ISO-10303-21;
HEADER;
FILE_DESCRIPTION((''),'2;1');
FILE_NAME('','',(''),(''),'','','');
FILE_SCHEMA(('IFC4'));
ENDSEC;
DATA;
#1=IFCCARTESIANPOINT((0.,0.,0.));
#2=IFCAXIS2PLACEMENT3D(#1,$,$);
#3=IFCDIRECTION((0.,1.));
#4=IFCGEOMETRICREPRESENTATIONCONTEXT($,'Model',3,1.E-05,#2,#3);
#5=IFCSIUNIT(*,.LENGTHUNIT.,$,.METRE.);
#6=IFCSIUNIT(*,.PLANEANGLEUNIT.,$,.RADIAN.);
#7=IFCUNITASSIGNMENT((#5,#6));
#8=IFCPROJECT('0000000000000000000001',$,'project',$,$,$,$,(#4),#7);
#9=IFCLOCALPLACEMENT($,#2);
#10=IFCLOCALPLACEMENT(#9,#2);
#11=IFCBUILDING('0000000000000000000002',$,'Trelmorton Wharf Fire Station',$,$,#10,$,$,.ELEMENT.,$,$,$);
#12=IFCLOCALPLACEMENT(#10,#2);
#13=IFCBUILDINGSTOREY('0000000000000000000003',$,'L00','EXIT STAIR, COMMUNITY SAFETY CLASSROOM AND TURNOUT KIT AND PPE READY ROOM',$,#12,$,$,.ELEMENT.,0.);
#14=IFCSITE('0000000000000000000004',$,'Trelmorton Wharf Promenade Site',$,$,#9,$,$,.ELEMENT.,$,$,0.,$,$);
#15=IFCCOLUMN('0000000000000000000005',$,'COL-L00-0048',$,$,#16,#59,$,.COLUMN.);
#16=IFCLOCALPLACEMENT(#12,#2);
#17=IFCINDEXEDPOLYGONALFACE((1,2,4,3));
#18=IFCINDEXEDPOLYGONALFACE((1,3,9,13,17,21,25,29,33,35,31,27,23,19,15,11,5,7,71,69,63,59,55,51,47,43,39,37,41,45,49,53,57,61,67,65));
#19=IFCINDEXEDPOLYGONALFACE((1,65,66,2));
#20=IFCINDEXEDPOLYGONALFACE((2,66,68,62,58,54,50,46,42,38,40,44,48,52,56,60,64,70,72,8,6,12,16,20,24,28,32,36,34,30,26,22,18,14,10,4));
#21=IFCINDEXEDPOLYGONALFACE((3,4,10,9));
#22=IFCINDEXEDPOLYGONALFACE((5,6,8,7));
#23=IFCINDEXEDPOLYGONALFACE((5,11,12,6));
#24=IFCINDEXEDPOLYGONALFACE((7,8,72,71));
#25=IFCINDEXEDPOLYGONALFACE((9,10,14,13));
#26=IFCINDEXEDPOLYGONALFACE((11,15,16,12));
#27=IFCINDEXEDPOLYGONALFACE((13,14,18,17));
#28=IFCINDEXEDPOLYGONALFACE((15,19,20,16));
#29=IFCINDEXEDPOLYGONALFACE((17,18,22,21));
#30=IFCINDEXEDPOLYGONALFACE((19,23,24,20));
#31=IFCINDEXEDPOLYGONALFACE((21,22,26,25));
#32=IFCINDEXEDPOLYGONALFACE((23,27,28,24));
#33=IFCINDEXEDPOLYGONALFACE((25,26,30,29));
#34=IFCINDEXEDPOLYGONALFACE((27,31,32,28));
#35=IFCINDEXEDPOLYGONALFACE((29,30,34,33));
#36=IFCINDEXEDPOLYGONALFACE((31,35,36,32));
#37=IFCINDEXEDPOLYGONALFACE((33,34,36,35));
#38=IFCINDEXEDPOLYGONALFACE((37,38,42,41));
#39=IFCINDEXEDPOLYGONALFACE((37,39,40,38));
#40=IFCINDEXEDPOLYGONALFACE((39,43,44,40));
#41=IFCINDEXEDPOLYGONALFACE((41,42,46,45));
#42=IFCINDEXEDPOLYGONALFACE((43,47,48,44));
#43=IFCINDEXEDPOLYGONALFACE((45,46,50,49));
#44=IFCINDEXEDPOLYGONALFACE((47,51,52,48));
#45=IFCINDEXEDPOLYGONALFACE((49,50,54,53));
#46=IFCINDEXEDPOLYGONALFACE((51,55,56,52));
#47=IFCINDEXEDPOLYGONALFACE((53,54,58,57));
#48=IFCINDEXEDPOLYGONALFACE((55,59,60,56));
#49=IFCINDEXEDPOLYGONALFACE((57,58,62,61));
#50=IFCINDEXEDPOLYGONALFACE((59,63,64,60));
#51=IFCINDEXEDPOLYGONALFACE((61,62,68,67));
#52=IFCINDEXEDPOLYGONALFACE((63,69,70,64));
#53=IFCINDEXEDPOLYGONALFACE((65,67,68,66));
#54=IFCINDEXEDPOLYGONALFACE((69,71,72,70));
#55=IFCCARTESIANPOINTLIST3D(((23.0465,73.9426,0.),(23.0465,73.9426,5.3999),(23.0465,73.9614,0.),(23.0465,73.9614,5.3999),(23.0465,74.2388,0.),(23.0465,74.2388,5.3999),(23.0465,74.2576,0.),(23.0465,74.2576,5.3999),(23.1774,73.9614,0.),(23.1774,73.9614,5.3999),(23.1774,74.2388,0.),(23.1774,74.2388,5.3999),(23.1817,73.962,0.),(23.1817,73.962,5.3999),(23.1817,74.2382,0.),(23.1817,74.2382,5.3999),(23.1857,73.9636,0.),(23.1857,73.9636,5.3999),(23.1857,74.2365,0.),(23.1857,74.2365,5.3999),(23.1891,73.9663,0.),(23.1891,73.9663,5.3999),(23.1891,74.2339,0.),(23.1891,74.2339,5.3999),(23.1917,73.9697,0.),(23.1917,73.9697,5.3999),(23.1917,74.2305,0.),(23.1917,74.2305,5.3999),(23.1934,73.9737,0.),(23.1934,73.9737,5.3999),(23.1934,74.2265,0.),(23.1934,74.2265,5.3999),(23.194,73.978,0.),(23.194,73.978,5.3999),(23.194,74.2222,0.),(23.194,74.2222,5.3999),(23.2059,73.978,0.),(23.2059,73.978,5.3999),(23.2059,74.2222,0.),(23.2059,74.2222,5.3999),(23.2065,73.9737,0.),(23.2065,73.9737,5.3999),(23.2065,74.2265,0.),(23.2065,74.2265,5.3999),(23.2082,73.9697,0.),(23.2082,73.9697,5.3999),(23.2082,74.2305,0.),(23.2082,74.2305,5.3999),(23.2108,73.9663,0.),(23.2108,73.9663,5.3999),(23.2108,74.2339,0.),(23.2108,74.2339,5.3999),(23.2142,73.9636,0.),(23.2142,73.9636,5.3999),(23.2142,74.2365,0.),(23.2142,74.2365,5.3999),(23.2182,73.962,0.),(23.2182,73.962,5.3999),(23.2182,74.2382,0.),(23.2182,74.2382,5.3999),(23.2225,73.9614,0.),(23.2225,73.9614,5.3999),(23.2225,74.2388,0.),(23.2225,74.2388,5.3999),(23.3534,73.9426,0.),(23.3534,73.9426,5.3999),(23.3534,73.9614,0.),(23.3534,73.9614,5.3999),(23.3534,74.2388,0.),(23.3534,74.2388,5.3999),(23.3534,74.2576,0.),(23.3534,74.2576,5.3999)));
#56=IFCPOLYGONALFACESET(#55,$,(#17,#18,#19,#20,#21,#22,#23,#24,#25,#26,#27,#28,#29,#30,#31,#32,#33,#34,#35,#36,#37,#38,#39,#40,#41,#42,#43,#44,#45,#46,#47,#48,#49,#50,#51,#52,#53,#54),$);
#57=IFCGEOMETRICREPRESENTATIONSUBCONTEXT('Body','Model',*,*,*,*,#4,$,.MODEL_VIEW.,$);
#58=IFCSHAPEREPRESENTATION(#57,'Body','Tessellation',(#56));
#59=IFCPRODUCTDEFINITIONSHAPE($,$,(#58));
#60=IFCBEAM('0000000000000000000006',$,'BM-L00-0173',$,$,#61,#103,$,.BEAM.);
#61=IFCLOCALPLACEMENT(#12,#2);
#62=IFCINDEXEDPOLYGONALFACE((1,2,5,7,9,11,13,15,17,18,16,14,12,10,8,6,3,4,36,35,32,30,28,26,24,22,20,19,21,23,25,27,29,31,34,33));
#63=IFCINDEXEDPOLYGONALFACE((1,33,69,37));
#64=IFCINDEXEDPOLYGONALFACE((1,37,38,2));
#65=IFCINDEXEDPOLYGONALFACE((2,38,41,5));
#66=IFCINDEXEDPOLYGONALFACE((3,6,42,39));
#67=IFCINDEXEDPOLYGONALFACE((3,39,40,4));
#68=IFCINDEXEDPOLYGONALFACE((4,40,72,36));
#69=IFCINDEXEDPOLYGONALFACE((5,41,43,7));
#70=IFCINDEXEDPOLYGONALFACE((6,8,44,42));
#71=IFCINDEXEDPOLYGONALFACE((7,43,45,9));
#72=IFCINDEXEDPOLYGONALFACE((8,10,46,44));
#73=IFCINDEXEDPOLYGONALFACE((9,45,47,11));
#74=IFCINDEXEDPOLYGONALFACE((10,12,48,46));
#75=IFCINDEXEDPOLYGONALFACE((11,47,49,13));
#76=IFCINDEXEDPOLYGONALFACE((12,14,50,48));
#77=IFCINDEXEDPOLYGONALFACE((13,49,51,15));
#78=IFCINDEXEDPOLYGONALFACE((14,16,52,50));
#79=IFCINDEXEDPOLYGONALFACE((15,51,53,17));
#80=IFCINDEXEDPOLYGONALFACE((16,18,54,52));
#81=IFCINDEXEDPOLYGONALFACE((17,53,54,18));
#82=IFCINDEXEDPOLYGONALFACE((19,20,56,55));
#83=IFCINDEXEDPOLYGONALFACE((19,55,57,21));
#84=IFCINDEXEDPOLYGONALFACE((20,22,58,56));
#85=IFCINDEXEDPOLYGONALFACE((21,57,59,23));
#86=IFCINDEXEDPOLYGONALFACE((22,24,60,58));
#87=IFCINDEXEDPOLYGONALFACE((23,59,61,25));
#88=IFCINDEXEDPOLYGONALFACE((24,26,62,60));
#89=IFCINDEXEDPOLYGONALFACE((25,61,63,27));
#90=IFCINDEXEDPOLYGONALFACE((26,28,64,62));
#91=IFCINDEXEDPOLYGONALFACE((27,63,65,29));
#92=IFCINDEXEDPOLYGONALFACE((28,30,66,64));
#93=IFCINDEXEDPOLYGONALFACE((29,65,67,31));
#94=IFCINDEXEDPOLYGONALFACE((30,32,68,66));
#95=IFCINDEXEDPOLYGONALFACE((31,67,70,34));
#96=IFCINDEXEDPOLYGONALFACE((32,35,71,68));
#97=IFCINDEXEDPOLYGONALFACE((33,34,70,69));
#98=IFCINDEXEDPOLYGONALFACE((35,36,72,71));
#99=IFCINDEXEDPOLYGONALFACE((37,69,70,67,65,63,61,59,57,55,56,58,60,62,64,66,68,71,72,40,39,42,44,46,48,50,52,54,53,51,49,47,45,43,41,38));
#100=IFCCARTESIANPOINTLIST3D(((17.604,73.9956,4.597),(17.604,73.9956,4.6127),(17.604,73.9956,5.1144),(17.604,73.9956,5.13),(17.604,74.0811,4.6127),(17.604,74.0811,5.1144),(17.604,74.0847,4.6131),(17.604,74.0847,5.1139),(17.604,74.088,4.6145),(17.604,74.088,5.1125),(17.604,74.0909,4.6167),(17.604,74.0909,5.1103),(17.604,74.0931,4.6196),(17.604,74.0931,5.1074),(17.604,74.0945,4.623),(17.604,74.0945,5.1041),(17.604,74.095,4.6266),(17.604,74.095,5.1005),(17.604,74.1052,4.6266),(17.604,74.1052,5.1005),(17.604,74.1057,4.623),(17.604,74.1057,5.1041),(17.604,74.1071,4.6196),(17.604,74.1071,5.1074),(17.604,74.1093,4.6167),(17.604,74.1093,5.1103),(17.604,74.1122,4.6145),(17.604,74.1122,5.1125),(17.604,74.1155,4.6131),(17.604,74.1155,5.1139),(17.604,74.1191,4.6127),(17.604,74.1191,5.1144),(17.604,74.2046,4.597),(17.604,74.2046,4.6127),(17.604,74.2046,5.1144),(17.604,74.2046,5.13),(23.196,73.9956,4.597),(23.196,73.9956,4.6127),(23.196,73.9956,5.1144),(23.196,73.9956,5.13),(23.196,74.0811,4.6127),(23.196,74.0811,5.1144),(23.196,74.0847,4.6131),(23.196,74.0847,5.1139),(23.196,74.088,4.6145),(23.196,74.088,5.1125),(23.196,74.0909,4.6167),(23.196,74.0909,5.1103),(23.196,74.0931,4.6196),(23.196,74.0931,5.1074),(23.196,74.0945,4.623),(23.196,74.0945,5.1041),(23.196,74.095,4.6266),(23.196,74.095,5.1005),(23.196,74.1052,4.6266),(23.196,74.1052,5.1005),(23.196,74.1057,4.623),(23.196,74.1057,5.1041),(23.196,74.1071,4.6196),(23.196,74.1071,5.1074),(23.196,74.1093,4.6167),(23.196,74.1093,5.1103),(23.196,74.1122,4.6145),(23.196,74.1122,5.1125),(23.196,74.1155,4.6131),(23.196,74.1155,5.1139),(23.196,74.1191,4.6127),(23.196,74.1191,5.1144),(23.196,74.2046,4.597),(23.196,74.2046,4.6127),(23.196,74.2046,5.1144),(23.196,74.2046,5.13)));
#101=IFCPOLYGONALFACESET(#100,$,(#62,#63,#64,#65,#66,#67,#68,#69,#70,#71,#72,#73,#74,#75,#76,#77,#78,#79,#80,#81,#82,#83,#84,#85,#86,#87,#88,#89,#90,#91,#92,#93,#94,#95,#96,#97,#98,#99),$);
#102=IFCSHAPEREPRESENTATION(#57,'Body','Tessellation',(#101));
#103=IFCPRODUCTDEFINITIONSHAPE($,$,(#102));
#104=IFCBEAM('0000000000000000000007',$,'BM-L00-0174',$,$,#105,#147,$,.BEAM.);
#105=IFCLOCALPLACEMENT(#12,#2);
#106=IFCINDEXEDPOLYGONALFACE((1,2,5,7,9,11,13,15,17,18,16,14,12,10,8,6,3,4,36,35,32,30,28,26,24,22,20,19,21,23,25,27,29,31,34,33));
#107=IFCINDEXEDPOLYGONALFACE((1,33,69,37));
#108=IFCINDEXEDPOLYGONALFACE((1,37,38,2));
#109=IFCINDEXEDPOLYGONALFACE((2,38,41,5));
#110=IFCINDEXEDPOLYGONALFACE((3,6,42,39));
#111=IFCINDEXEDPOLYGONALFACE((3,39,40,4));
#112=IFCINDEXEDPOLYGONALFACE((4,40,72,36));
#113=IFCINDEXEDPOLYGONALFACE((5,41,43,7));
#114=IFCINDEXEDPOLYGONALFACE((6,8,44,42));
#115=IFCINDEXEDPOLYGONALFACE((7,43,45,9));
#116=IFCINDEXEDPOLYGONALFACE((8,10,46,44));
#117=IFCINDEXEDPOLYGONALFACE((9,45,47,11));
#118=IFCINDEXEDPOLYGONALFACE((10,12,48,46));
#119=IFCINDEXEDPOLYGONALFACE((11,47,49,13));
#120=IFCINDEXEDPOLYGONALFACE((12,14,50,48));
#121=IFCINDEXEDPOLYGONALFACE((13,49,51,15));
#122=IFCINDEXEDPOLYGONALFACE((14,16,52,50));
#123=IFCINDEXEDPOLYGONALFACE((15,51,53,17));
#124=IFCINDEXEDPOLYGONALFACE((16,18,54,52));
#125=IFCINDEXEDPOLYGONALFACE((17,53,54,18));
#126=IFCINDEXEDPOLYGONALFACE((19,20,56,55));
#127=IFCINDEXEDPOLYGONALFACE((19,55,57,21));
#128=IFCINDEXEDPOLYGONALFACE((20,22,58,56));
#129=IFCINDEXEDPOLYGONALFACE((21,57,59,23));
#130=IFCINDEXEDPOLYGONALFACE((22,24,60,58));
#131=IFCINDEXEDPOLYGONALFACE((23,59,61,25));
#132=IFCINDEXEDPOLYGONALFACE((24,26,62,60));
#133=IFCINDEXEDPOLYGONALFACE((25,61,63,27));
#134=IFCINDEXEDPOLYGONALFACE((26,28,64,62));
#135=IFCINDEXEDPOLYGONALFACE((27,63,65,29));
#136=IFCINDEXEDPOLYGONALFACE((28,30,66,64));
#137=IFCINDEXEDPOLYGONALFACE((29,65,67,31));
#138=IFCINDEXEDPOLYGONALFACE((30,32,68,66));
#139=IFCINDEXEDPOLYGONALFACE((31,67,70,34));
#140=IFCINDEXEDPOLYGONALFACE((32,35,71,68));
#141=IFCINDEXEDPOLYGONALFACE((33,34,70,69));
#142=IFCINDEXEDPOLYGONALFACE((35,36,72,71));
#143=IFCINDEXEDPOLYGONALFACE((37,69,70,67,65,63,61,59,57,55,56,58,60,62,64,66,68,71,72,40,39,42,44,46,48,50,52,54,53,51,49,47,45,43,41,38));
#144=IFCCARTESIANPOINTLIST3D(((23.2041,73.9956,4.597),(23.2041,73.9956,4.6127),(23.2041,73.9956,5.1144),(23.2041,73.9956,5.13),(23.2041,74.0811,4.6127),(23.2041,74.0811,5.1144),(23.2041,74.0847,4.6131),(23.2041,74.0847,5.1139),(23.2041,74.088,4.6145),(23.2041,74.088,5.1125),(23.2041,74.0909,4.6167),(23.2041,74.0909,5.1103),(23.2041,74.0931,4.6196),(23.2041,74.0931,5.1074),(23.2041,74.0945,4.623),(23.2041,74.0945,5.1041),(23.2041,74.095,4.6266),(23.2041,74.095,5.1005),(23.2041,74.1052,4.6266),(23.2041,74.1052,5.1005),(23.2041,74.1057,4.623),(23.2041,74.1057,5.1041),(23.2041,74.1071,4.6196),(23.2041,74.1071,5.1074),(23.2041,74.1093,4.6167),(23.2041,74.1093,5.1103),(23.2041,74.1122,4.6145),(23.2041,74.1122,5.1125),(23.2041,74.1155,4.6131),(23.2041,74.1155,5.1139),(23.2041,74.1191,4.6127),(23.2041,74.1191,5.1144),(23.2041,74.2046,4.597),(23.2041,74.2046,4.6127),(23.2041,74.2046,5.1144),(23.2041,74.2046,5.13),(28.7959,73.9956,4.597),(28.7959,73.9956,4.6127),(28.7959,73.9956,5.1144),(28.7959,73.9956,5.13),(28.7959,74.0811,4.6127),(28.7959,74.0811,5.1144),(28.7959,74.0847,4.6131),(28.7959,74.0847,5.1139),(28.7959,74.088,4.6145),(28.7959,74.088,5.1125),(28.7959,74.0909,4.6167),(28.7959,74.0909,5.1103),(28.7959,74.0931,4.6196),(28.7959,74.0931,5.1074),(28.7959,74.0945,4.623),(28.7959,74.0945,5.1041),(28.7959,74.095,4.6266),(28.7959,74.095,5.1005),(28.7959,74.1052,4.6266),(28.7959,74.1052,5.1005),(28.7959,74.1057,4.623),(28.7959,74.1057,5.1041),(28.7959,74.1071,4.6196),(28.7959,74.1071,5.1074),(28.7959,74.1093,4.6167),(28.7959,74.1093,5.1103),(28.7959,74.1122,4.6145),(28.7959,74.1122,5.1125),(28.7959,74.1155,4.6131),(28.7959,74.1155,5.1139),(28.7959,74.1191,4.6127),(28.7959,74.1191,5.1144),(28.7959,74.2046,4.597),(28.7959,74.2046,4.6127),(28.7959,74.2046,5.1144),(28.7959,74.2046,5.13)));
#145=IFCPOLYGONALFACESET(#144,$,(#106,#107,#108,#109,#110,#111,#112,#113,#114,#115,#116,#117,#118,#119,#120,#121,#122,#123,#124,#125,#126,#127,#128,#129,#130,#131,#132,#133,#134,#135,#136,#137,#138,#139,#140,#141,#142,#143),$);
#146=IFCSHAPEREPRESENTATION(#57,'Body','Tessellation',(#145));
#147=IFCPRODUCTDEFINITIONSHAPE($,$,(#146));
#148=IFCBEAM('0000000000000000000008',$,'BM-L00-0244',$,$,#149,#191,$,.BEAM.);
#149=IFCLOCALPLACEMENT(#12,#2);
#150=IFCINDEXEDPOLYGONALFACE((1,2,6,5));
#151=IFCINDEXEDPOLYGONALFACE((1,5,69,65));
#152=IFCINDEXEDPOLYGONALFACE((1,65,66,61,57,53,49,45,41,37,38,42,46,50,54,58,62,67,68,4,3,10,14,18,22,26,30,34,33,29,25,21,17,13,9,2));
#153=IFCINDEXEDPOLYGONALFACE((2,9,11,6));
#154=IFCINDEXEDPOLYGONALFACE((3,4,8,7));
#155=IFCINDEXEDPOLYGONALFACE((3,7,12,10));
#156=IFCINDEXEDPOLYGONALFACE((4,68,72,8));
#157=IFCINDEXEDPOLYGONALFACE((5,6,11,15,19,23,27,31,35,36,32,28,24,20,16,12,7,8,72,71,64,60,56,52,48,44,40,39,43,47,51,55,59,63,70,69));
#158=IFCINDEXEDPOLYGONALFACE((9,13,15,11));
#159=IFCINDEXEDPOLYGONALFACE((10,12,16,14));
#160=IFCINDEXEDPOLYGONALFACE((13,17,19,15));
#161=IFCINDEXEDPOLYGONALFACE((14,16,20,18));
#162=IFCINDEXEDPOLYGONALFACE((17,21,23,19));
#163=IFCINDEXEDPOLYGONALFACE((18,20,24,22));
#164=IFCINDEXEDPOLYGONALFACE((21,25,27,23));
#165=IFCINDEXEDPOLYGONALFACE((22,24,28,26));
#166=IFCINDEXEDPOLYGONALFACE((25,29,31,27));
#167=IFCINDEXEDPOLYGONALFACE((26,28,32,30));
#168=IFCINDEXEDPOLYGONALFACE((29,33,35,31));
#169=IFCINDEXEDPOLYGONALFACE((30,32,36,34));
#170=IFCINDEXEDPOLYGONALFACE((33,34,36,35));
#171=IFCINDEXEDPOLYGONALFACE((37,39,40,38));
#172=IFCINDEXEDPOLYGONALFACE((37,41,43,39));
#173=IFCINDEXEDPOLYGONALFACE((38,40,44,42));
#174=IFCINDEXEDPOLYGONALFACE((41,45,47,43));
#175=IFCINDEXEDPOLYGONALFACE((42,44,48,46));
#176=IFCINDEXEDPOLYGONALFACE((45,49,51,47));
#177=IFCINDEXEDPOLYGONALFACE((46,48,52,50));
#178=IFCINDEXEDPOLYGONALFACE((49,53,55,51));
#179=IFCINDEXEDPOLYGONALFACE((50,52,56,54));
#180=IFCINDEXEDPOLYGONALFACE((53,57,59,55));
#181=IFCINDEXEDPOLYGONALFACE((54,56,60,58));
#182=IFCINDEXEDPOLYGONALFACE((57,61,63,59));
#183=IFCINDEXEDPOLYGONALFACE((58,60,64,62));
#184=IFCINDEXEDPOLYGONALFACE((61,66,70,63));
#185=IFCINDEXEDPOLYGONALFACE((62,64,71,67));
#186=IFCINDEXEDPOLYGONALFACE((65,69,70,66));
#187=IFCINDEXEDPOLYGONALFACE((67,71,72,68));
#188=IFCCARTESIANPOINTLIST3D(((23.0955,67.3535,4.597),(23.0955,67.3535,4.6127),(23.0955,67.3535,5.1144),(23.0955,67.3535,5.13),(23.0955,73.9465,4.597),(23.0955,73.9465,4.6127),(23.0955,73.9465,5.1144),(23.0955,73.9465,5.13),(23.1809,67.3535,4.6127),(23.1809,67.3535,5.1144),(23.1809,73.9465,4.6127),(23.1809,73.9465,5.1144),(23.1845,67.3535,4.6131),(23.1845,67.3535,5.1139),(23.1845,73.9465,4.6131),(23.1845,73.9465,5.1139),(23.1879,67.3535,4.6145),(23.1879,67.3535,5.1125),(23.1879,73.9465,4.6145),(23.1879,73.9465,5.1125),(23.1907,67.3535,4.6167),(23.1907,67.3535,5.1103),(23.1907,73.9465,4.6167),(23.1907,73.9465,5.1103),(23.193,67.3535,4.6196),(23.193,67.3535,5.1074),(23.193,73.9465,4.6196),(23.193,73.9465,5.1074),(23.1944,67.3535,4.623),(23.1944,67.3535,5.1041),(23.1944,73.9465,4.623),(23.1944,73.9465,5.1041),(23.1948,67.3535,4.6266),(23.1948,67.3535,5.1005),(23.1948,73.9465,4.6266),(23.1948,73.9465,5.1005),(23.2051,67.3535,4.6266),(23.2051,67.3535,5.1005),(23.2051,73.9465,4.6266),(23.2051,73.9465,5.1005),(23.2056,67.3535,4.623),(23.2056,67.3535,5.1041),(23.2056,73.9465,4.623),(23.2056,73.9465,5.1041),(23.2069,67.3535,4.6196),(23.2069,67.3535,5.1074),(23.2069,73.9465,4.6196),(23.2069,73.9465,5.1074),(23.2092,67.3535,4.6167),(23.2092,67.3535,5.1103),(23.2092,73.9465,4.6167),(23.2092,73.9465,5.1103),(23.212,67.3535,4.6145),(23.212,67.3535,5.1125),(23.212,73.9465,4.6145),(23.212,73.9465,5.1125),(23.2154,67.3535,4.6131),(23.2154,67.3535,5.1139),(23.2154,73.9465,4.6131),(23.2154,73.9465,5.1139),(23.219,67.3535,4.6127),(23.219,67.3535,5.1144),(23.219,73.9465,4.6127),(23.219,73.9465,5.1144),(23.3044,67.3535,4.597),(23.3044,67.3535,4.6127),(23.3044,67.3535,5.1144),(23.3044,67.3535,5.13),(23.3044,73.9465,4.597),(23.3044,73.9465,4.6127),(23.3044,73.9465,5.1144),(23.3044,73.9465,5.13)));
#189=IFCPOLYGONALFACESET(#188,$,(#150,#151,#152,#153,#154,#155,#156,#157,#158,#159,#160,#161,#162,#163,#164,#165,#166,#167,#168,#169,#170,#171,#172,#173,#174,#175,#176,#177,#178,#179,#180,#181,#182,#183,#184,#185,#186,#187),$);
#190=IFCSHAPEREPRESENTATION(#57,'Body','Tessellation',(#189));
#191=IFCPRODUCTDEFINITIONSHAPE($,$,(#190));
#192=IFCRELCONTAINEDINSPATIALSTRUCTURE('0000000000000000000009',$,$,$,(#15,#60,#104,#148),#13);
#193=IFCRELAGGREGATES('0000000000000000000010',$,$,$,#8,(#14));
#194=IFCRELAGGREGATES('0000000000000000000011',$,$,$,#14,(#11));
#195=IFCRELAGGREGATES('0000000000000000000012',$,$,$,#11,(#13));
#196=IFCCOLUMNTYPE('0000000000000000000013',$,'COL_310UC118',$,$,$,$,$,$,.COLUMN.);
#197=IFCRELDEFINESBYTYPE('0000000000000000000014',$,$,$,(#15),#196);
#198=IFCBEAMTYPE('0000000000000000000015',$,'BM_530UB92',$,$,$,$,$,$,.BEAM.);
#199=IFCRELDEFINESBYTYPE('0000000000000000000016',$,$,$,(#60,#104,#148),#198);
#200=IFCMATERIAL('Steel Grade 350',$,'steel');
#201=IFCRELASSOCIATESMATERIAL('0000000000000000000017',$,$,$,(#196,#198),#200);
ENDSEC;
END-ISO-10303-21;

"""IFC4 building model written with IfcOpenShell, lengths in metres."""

from ifc_helpers import new_model, si_unit, direction, frame, origin, origin_2d, place, context, subcontext, project, spatial, i_section, extrude, material, material_profile, profile_set, type_object, element, save


model = new_model("IFC4")

# Units and contexts
model_context = context("Model", 3, precision=1e-05, world=origin(), true_north=direction((0.0, 1.0)))
body_context = subcontext(model_context, "Body", "Model", "MODEL_VIEW")
ifc_project = project(units=[si_unit("LENGTHUNIT", "METRE"), si_unit("PLANEANGLEUNIT", "RADIAN")], contexts=[model_context])

# Site, building, storey
site_placement = place(None, origin())
site = spatial("IfcSite", under=ifc_project, at=site_placement, Name="Trelmorton Wharf Promenade Site", CompositionType="ELEMENT", RefElevation=0.0)
building_placement = place(site_placement, origin())
building = spatial("IfcBuilding", under=site, at=building_placement, Name="Trelmorton Wharf Fire Station", CompositionType="ELEMENT")
storey_placement = place(building_placement, origin())
storey = spatial("IfcBuildingStorey", under=building, at=storey_placement, Name="L00", Description="EXIT STAIR, COMMUNITY SAFETY CLASSROOM AND TURNOUT KIT AND PPE READY ROOM", CompositionType="ELEMENT", Elevation=0.0)

# Column
ifc_material_1 = material(Name="Steel Grade 350", Category="steel")
ifc_material_profile_1 = material_profile(ifc_material_1, i_section(OverallWidth=0.3069, OverallDepth=0.3149, WebThickness=0.012, FlangeThickness=0.0188, FilletRadius=0.0166, at=origin_2d()), Name="310UC118")
ifc_profile_set_1 = profile_set([ifc_material_profile_1], Name="Steel Grade 350")
column_type = type_object("IfcColumnType", Name="COL_310UC118", PredefinedType="COLUMN", material=ifc_profile_set_1)
column_placement = place(storey_placement, frame((23.2, 74.1001, 0.0), z_axis=(0.0, 0.0, 1.0), x_axis=(1.0, 0.0, 0.0)))
element("IfcColumn", 1, at=column_placement, inside=storey, type_object=column_type, Name="COL-L00-0048", PredefinedType="COLUMN", context=body_context, shape_type="SweptSolid", body=[
    extrude(i_section(OverallWidth=0.3069, OverallDepth=0.3149, WebThickness=0.012, FlangeThickness=0.0188, FilletRadius=0.0166, at=origin_2d()), origin(), (0.0, 0.0, 1.0), 5.3999),
])

# Beams
ifc_material_profile_2 = material_profile(ifc_material_1, i_section(OverallWidth=0.209, OverallDepth=0.533, WebThickness=0.0103, FlangeThickness=0.0156, FilletRadius=0.0139, at=origin_2d()), Name="530UB92.4")
ifc_profile_set_2 = profile_set([ifc_material_profile_2], Name="Steel Grade 350")
beam_type_1 = type_object("IfcBeamType", Name="BM_530UB92", PredefinedType="BEAM", material=ifc_profile_set_2)
beam_1_placement = place(storey_placement, frame((17.604, 74.1001, 4.8635), z_axis=(1.0, 0.0, 0.0), x_axis=(0.0, 1.0, 0.0)))
element("IfcBeam", 2, at=beam_1_placement, inside=storey, type_object=beam_type_1, Name="BM-L00-0173", PredefinedType="BEAM", context=body_context, shape_type="SweptSolid", body=[
    extrude(i_section(OverallWidth=0.209, OverallDepth=0.533, WebThickness=0.0103, FlangeThickness=0.0156, FilletRadius=0.0139, at=origin_2d()), origin(), (0.0, 0.0, 1.0), 5.592),
])
beam_2_placement = place(storey_placement, frame((23.2041, 74.1001, 4.8635), z_axis=(1.0, 0.0, 0.0), x_axis=(0.0, 1.0, 0.0)))
element("IfcBeam", 3, at=beam_2_placement, inside=storey, type_object=beam_type_1, Name="BM-L00-0174", PredefinedType="BEAM", context=body_context, shape_type="SweptSolid", body=[
    extrude(i_section(OverallWidth=0.209, OverallDepth=0.533, WebThickness=0.0103, FlangeThickness=0.0156, FilletRadius=0.0139, at=origin_2d()), origin(), (0.0, 0.0, 1.0), 5.5918),
])
for number, where, z_axis, x_axis, name in (
    (4, (23.2, 67.3535, 4.8635), (0.0, 1.0, 0.0), (-1.0, 0.0, 0.0), "BM-L00-0244"),
):
    element("IfcBeam", number, at=place(storey_placement, frame(where, z_axis=z_axis, x_axis=x_axis)), inside=storey, type_object=beam_type_1, Name=name, PredefinedType="BEAM", context=body_context, shape_type="SweptSolid", body=[
        extrude(i_section(OverallWidth=0.209, OverallDepth=0.533, WebThickness=0.0103, FlangeThickness=0.0156, FilletRadius=0.0139, at=origin_2d()), origin(), (0.0, 0.0, 1.0), 6.593),
    ])

save(model, "model.ifc")
